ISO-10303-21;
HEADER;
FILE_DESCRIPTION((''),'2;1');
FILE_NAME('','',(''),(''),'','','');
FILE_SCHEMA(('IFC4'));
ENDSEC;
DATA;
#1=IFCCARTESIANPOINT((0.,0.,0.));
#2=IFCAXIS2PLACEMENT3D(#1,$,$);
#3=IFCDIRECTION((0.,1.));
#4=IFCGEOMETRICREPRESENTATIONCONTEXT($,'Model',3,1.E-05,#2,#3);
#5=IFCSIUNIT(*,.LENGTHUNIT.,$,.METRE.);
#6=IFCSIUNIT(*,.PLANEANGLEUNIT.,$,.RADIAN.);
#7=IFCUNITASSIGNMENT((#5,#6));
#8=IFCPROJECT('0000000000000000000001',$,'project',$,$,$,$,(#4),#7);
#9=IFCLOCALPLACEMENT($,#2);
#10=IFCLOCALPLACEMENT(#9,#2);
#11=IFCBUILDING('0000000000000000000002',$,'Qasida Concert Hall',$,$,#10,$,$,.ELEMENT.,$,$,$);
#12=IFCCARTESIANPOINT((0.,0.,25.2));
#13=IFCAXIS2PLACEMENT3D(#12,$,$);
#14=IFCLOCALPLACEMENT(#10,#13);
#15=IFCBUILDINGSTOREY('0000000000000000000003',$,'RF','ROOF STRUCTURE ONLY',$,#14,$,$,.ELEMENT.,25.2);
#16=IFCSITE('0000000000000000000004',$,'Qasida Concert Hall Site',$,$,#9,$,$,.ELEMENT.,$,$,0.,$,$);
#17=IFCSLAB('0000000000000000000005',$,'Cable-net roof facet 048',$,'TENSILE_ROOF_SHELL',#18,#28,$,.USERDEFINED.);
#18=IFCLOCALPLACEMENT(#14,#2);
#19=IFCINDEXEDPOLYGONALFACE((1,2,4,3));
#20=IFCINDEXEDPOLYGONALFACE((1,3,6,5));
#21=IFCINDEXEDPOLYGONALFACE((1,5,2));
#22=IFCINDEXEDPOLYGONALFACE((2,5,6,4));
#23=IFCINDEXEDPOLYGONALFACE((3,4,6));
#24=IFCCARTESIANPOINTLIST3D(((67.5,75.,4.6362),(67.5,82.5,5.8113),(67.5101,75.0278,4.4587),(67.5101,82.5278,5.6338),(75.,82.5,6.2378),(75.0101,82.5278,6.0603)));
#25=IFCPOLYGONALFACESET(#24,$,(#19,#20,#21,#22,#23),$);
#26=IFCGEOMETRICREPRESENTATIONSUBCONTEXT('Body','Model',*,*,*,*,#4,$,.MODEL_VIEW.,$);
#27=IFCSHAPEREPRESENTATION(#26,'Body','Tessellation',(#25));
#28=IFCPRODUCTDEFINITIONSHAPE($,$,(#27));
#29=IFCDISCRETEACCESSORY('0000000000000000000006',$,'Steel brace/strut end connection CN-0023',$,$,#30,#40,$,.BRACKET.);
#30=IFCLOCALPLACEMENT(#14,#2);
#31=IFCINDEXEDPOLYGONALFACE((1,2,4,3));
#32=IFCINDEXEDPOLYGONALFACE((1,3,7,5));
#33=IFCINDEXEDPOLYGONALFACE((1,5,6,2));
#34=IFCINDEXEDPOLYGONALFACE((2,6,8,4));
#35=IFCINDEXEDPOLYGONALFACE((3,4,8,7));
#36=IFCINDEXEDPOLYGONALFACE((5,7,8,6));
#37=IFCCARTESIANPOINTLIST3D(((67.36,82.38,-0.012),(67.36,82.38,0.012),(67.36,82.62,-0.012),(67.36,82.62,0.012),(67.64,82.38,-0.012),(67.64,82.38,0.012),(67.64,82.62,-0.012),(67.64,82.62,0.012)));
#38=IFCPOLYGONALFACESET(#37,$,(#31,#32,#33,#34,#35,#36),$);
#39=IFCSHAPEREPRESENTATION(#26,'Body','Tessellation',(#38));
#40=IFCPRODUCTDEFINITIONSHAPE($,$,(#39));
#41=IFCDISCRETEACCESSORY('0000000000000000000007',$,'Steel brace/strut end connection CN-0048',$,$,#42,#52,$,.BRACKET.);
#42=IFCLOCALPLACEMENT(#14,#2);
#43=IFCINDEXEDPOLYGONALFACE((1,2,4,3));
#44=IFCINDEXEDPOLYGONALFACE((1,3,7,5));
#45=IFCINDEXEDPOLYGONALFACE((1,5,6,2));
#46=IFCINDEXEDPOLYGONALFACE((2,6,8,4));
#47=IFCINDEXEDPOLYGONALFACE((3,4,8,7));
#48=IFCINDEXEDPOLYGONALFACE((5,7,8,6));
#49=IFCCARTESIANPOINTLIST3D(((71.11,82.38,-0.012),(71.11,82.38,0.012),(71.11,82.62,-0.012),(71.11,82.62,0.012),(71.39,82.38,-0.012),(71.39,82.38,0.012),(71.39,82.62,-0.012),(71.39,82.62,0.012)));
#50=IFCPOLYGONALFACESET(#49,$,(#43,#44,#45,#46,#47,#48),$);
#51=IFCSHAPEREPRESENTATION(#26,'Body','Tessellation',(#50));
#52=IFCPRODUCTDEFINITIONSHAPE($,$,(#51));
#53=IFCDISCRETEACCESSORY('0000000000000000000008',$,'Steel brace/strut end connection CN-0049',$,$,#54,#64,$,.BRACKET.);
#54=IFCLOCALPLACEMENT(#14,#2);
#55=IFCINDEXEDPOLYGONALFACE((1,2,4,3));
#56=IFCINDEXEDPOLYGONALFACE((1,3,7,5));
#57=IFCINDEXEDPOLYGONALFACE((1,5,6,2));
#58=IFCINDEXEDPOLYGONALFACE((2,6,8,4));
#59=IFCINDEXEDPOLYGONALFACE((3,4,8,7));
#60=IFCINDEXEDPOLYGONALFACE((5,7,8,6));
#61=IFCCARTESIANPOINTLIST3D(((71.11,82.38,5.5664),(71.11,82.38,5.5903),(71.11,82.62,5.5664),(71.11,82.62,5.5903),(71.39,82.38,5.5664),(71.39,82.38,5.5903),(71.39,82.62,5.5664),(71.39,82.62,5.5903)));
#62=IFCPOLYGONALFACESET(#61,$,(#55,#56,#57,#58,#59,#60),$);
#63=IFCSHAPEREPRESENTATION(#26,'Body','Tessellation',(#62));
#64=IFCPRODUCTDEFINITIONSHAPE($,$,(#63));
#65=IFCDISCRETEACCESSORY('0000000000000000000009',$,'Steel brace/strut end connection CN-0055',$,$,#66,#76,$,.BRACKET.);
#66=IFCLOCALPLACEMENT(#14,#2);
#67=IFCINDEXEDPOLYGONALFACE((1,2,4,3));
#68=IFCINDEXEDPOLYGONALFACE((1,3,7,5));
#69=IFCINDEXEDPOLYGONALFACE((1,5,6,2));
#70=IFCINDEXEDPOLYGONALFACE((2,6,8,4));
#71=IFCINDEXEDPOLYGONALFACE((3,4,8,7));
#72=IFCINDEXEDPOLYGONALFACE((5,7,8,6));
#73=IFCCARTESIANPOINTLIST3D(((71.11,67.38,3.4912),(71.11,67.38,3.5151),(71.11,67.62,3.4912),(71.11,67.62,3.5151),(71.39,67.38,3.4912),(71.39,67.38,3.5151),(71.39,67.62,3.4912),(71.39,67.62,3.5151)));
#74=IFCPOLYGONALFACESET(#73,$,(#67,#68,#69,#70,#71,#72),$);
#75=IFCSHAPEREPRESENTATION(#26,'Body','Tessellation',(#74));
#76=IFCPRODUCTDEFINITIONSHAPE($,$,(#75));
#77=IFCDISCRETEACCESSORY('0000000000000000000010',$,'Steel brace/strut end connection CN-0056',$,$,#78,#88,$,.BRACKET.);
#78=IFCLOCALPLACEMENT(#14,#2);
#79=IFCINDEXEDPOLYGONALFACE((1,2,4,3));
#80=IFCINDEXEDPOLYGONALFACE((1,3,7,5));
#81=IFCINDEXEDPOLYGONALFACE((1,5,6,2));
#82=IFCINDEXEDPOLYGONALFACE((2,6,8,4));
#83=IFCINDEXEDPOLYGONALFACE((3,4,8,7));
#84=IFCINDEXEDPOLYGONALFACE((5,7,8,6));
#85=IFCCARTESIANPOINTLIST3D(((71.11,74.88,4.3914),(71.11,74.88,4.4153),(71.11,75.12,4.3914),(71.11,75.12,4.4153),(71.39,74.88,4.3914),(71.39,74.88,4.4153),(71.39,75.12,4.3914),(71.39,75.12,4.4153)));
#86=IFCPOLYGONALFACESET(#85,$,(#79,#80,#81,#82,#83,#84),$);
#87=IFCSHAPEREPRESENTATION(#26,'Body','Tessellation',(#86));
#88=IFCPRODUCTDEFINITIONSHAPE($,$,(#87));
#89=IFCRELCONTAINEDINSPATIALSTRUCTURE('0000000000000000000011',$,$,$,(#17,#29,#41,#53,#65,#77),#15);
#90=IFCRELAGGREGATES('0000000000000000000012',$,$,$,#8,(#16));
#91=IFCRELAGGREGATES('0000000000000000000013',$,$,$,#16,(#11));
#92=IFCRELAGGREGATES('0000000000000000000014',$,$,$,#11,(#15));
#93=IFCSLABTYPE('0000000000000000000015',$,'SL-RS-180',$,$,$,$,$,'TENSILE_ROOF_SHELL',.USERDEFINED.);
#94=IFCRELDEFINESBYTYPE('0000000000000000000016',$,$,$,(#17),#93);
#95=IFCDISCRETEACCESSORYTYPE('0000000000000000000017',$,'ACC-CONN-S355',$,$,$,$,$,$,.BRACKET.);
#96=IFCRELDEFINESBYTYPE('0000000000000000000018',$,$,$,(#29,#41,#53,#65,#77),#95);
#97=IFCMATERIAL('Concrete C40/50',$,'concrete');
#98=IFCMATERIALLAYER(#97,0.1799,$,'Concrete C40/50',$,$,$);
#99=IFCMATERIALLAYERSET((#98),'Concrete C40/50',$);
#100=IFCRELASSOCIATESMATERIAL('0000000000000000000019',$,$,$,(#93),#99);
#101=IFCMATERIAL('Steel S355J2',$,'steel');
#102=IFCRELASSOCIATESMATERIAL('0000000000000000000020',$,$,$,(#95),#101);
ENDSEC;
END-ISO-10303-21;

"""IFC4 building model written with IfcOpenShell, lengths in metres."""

from ifc_helpers import new_model, si_unit, direction, frame, origin, origin_2d, place, context, subcontext, project, spatial, polyline, rectangle, outline, extrude, material, layer, layer_set, type_object, element, save


model = new_model("IFC4")

# Units and contexts
model_context = context("Model", 3, precision=1e-05, world=origin(), true_north=direction((0.0, 1.0)))
body_context = subcontext(model_context, "Body", "Model", "MODEL_VIEW")
ifc_project = project(units=[si_unit("LENGTHUNIT", "METRE"), si_unit("PLANEANGLEUNIT", "RADIAN")], contexts=[model_context])

# Site, building, storey
site_placement = place(None, origin())
site = spatial("IfcSite", under=ifc_project, at=site_placement, Name="Qasida Concert Hall Site", CompositionType="ELEMENT", RefElevation=0.0)
building_placement = place(site_placement, origin())
building = spatial("IfcBuilding", under=site, at=building_placement, Name="Qasida Concert Hall", CompositionType="ELEMENT")
storey_placement = place(building_placement, frame((0.0, 0.0, 25.2)))
storey = spatial("IfcBuildingStorey", under=building, at=storey_placement, Name="RF", Description="ROOF STRUCTURE ONLY", CompositionType="ELEMENT", Elevation=25.2)

# Shared definitions
ifc_material_1 = material(Name="Steel S355J2", Category="steel")

# Slab
ifc_material_2 = material(Name="Concrete C40/50", Category="concrete")
ifc_layer_1 = layer(ifc_material_2, 0.1799, Name="Concrete C40/50")
ifc_layer_set_1 = layer_set([ifc_layer_1], Name="Concrete C40/50")
slab_type = type_object("IfcSlabType", Name="SL-RS-180", ElementType="TENSILE_ROOF_SHELL", PredefinedType="USERDEFINED", material=ifc_layer_set_1)
slab_1_placement = place(storey_placement, frame((67.5, 75.0, 4.6362), z_axis=(-0.056095, -0.154541, 0.986393), x_axis=(0.699181, 0.699181, 0.149304)))
element("IfcSlab", 1, at=slab_1_placement, inside=storey, type_object=slab_type, Name="Cable-net roof facet 048", ObjectType="TENSILE_ROOF_SHELL", PredefinedType="USERDEFINED", context=body_context, shape_type="SweptSolid", body=[
    extrude(outline(polyline([(0.0, 0.0), (10.7268, 0.0), (5.4193, 5.3162), (0.0, 0.0)])), origin(), (0.0, 0.0, -1.0), 0.1799),
])

# Discrete accessories
discrete_accessory_type = type_object("IfcDiscreteAccessoryType", Name="ACC-CONN-S355", PredefinedType="BRACKET", material=ifc_material_1)
for number, where, z_axis, x_axis, name in (
    (2, (67.5, 82.5, -0.012), (0.0, 0.0, 1.0), (1.0, 0.0, 0.0), "Steel brace/strut end connection CN-0023"),
    (3, (71.25, 82.5, -0.012), (0.0, 0.0, 1.0), (1.0, 0.0, 0.0), "Steel brace/strut end connection CN-0048"),
    (4, (71.25, 82.5, 5.5664), (0.0, 0.0, 1.0), (1.0, 0.0, 0.0), "Steel brace/strut end connection CN-0049"),
    (5, (71.25, 67.5, 3.4912), (0.0, 0.0, 1.0), (1.0, 0.0, 0.0), "Steel brace/strut end connection CN-0055"),
    (6, (71.25, 75.0, 4.3914), (0.0, 0.0, 1.0), (1.0, 0.0, 0.0), "Steel brace/strut end connection CN-0056"),
):
    element("IfcDiscreteAccessory", number, at=place(storey_placement, frame(where, z_axis=z_axis, x_axis=x_axis)), inside=storey, type_object=discrete_accessory_type, Name=name, PredefinedType="BRACKET", context=body_context, shape_type="SweptSolid", body=[
        extrude(rectangle(XDim=0.28, YDim=0.24, at=origin_2d()), origin(), (0.0, 0.0, 1.0), 0.0239),
    ])

save(model, "model.ifc")
